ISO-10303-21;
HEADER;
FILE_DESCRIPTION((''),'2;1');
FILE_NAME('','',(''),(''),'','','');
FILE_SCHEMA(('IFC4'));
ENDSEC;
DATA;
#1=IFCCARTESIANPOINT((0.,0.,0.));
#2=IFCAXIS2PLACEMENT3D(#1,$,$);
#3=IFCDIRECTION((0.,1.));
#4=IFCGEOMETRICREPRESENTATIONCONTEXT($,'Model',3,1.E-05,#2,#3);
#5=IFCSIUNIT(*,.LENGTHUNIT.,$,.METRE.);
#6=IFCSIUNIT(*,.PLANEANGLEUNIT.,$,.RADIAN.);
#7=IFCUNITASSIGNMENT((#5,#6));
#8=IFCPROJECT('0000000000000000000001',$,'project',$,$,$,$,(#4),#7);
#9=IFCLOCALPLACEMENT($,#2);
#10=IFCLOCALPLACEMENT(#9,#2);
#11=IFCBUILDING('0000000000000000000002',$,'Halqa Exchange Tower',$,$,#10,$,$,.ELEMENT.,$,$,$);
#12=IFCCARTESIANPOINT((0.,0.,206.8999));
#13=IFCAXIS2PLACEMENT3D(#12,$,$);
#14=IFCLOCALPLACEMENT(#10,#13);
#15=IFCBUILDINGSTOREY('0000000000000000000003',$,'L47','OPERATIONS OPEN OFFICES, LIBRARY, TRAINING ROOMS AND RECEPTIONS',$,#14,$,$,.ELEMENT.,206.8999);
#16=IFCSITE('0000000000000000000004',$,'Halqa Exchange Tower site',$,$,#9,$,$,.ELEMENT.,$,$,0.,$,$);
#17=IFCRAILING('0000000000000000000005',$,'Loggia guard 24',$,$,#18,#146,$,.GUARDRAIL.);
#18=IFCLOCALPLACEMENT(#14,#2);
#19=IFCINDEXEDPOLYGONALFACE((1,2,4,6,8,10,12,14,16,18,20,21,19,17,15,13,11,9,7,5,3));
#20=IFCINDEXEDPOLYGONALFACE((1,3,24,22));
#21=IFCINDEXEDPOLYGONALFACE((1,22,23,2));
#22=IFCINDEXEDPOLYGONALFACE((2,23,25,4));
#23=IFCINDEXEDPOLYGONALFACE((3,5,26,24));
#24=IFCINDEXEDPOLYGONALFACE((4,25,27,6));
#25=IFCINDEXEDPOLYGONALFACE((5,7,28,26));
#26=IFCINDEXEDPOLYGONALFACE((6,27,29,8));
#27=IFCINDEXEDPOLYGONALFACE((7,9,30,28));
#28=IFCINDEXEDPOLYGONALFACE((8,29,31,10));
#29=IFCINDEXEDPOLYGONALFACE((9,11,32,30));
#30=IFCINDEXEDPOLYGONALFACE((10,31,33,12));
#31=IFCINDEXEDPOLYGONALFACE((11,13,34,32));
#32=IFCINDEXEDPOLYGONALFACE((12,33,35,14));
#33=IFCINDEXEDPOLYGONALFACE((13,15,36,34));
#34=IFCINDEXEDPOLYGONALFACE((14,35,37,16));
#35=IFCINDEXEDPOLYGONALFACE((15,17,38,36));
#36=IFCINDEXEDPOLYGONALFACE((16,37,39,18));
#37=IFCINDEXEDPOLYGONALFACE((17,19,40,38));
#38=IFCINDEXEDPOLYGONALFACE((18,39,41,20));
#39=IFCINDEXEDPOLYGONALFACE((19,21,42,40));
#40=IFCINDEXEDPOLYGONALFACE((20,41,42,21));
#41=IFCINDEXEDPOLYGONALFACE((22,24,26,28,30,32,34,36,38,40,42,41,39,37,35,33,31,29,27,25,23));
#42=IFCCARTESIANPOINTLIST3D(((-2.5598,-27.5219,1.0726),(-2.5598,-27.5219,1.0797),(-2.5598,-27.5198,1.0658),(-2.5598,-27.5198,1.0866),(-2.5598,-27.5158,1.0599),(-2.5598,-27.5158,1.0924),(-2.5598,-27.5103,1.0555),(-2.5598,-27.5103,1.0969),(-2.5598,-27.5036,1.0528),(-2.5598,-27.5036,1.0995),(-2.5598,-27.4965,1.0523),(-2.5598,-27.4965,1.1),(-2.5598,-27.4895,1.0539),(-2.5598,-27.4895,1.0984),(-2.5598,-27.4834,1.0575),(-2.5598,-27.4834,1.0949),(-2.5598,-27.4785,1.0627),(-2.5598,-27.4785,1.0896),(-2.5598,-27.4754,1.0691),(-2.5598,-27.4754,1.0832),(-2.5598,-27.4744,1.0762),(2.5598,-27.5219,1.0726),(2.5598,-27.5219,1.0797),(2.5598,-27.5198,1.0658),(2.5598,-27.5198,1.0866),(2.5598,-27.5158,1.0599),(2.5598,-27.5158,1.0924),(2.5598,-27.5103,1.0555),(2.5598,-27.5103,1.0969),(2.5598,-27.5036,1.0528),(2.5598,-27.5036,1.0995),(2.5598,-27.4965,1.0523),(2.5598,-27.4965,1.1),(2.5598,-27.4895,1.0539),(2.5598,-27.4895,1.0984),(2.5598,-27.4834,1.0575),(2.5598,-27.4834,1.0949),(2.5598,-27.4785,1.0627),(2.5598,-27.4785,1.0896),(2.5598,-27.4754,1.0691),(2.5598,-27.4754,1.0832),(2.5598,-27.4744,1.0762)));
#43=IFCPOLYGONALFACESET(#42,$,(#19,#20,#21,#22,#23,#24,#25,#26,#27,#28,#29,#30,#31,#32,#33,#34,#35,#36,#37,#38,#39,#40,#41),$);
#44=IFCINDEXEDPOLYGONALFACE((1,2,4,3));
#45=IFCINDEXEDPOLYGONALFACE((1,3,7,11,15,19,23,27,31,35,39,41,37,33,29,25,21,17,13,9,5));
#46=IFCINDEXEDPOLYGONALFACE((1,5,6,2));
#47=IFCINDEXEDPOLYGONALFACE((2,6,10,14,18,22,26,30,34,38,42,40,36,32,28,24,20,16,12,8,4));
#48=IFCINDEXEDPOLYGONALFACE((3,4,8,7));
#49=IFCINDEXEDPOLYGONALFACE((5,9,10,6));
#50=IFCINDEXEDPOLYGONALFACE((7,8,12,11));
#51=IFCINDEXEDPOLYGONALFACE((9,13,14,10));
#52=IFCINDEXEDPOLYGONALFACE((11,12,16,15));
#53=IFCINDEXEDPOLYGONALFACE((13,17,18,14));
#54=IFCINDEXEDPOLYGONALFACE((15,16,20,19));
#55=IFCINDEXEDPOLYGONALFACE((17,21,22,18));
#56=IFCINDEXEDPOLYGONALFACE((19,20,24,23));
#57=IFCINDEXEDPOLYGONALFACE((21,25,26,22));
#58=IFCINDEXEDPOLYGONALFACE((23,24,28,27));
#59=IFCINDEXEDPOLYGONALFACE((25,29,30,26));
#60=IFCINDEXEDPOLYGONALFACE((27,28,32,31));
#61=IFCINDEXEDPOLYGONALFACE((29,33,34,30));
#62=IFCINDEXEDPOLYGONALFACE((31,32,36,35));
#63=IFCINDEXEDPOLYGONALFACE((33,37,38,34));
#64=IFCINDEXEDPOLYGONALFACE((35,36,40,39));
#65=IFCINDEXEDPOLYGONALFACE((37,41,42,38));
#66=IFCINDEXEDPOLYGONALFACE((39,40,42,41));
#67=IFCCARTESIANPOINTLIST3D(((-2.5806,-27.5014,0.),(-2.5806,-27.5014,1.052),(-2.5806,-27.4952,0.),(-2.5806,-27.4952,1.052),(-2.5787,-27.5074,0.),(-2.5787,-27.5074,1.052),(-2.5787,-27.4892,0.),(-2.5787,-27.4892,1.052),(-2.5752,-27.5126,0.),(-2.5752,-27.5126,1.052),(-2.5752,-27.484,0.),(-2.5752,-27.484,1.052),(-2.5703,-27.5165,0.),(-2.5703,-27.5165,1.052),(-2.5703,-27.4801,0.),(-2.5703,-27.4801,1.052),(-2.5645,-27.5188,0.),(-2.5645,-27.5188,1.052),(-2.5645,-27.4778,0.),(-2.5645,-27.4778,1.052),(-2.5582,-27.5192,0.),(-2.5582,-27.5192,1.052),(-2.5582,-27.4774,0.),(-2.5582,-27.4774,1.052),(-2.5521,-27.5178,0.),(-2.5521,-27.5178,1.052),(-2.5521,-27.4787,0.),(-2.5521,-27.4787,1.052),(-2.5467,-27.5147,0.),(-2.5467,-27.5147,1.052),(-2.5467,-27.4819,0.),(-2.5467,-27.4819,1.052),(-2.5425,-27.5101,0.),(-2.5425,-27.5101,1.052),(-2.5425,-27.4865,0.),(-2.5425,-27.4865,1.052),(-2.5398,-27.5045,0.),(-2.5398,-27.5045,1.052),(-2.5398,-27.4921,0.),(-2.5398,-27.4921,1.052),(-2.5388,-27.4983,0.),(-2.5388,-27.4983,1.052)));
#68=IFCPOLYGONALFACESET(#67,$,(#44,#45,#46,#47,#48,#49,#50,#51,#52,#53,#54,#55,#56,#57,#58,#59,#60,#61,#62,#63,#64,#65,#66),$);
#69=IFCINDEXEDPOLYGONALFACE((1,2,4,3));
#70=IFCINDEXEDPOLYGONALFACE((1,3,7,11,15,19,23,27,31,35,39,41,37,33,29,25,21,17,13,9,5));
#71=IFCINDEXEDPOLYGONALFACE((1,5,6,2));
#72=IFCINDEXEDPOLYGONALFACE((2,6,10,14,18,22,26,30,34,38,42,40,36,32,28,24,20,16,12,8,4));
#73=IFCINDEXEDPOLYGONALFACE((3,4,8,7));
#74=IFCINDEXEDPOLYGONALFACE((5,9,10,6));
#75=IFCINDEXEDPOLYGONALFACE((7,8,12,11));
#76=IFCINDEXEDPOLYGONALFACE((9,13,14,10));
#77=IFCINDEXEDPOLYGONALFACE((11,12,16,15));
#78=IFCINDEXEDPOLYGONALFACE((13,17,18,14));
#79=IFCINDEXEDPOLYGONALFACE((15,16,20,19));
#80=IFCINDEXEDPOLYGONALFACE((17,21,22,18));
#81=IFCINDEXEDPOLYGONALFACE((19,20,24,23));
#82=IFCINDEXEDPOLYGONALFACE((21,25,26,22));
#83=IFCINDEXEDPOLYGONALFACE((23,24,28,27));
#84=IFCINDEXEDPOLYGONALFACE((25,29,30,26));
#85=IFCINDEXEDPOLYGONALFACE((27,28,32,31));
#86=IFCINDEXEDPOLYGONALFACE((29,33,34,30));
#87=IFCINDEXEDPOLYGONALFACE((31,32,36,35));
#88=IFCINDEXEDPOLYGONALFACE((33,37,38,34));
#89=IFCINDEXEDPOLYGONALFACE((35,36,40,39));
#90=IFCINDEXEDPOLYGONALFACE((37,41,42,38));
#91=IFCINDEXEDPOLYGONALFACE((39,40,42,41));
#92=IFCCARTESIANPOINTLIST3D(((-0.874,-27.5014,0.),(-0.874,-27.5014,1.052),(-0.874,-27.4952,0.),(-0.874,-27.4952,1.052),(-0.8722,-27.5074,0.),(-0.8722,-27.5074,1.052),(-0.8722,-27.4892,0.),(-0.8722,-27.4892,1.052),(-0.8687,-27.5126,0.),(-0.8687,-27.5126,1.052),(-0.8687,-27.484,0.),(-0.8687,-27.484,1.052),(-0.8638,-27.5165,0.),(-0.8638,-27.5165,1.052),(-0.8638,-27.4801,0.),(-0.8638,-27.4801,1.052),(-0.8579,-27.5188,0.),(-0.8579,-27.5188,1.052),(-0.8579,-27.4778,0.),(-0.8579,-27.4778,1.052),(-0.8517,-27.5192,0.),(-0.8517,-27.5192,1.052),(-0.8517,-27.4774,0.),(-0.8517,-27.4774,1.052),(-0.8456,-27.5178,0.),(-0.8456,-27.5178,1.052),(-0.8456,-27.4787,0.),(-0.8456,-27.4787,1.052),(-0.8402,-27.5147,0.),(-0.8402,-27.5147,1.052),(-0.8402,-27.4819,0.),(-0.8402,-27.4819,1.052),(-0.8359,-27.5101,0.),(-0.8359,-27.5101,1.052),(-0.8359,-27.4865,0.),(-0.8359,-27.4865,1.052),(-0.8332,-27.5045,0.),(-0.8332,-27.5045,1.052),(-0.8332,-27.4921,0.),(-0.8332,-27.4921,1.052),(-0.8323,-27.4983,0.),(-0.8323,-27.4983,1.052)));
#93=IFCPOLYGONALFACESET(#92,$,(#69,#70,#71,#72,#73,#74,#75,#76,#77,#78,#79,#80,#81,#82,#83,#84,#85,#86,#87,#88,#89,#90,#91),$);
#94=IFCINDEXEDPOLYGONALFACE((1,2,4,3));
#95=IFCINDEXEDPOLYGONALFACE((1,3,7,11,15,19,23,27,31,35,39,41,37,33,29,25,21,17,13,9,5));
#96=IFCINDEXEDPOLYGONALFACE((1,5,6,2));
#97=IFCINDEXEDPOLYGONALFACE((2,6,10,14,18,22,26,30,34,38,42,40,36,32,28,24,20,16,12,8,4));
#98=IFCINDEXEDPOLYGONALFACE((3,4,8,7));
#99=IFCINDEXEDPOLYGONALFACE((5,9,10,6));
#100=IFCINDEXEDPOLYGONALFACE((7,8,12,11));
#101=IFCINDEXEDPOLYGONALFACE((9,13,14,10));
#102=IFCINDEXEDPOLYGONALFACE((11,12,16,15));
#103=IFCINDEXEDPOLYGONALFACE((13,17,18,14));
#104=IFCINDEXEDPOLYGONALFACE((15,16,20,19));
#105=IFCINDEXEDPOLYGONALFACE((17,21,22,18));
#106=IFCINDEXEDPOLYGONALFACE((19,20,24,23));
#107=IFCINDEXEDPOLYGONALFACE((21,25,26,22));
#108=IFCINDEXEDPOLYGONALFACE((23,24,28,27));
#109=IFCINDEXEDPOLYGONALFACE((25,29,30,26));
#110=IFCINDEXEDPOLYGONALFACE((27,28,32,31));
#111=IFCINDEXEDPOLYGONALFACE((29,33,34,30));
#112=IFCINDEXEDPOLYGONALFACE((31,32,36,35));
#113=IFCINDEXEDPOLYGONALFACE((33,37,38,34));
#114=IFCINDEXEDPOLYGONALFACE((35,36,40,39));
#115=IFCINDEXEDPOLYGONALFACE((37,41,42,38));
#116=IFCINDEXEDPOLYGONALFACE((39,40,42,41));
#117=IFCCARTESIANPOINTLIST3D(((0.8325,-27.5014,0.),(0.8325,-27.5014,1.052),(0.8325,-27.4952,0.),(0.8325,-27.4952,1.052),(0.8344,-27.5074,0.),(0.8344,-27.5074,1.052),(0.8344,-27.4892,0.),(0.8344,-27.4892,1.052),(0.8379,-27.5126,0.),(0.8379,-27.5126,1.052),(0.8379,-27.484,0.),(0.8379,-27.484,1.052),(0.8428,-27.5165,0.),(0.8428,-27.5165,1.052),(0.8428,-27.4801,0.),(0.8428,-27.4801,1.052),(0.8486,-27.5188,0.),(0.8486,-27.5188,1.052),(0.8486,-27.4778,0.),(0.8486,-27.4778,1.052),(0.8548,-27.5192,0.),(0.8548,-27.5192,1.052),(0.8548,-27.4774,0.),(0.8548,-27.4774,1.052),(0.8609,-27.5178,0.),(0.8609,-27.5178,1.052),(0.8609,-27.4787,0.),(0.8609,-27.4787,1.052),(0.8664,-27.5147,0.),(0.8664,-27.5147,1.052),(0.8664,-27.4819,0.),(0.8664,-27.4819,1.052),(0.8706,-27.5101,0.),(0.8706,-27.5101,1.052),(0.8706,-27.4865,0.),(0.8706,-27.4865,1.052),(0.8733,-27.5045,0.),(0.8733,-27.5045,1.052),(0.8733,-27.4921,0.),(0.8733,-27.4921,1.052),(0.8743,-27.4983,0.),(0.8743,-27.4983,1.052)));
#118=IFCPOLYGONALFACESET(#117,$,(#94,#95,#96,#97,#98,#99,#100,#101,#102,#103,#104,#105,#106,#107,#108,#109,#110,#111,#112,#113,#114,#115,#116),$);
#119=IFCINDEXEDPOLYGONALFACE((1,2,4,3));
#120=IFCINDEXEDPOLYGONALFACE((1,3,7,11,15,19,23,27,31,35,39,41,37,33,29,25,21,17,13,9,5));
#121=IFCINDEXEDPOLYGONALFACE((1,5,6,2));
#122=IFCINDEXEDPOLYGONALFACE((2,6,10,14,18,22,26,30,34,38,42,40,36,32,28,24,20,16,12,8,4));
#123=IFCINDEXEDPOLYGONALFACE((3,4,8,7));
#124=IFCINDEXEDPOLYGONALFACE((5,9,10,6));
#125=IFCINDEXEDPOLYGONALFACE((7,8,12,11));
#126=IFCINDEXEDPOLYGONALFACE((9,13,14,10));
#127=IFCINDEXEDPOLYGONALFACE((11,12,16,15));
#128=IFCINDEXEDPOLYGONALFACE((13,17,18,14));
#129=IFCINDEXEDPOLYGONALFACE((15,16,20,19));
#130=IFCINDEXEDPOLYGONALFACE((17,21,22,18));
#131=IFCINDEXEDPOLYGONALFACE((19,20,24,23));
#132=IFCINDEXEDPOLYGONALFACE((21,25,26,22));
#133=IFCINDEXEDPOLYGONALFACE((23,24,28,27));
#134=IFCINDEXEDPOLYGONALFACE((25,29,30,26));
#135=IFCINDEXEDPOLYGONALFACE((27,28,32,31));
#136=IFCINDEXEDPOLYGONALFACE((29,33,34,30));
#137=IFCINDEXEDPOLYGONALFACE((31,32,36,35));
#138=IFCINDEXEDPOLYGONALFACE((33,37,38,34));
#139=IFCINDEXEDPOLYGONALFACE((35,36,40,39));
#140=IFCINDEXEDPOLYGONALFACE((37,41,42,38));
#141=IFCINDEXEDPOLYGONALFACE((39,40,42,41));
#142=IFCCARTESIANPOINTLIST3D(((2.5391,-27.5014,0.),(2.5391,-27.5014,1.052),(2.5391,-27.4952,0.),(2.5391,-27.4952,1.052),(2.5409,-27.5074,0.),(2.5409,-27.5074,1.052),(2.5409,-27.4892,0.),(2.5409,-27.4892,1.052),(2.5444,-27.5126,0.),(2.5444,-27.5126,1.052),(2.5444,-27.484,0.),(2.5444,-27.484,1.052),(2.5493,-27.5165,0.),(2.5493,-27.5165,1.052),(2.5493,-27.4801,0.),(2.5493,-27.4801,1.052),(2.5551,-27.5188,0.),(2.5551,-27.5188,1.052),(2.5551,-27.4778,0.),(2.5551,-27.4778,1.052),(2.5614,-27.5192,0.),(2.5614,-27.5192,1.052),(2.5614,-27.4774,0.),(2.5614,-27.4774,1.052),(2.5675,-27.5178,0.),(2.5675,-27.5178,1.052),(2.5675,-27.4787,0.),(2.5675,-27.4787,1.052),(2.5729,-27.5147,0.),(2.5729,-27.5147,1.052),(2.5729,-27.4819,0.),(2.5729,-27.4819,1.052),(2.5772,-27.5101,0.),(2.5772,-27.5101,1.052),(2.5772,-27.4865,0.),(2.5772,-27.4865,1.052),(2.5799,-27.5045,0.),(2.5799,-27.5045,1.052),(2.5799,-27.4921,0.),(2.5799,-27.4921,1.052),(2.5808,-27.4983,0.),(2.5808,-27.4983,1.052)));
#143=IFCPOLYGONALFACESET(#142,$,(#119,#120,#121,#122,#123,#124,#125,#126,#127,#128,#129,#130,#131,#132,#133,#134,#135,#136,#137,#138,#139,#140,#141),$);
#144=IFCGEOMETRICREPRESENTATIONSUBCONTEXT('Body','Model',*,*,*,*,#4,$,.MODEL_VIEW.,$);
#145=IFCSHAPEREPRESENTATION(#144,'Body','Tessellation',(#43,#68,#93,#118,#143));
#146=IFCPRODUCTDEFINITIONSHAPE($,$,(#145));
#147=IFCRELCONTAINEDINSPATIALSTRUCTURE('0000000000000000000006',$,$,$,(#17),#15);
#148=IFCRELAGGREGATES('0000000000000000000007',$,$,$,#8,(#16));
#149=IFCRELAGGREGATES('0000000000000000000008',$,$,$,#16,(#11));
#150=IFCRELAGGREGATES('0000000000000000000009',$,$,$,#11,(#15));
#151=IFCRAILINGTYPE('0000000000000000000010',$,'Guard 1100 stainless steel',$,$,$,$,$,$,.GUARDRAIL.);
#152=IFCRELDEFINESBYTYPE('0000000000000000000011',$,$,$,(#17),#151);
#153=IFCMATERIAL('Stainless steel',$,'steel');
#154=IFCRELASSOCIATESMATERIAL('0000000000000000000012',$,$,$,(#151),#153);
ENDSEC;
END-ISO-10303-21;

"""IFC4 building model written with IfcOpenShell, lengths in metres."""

from ifc_helpers import new_model, si_unit, direction, frame, origin, origin_2d, place, context, subcontext, project, spatial, circle, extrude, material, type_object, element, save


model = new_model("IFC4")

# Units and contexts
model_context = context("Model", 3, precision=1e-05, world=origin(), true_north=direction((0.0, 1.0)))
body_context = subcontext(model_context, "Body", "Model", "MODEL_VIEW")
ifc_project = project(units=[si_unit("LENGTHUNIT", "METRE"), si_unit("PLANEANGLEUNIT", "RADIAN")], contexts=[model_context])

# Site, building, storey
site_placement = place(None, origin())
site = spatial("IfcSite", under=ifc_project, at=site_placement, Name="Halqa Exchange Tower site", CompositionType="ELEMENT", RefElevation=0.0)
building_placement = place(site_placement, origin())
building = spatial("IfcBuilding", under=site, at=building_placement, Name="Halqa Exchange Tower", CompositionType="ELEMENT")
storey_placement = place(building_placement, frame((0.0, 0.0, 206.8999)))
storey = spatial("IfcBuildingStorey", under=building, at=storey_placement, Name="L47", Description="OPERATIONS OPEN OFFICES, LIBRARY, TRAINING ROOMS AND RECEPTIONS", CompositionType="ELEMENT", Elevation=206.8999)

# Railing
ifc_material_1 = material(Name="Stainless steel", Category="steel")
railing_type = type_object("IfcRailingType", Name="Guard 1100 stainless steel", PredefinedType="GUARDRAIL", material=ifc_material_1)
railing_1_placement = place(storey_placement, frame((-2.5598, -27.4983, 0.0)))
element("IfcRailing", 1, at=railing_1_placement, inside=storey, type_object=railing_type, Name="Loggia guard 24", PredefinedType="GUARDRAIL", context=body_context, shape_type="SweptSolid", body=[
    extrude(circle(Radius=0.0239, at=origin_2d()), frame((0.0, 0.0, 1.0762), z_axis=(1.0, 0.0, 0.0), x_axis=(0.0, 1.0, 0.0)), (0.0, 0.0, 1.0), 5.1196),
    extrude(circle(Radius=0.021, at=origin_2d()), origin(), (0.0, 0.0, 1.0), 1.052),
    extrude(circle(Radius=0.021, at=origin_2d()), frame((1.7065, 0.0, 0.0)), (0.0, 0.0, 1.0), 1.052),
    extrude(circle(Radius=0.021, at=origin_2d()), frame((3.4131, 0.0, 0.0)), (0.0, 0.0, 1.0), 1.052),
    extrude(circle(Radius=0.021, at=origin_2d()), frame((5.1196, 0.0, 0.0)), (0.0, 0.0, 1.0), 1.052),
])

save(model, "model.ifc")
